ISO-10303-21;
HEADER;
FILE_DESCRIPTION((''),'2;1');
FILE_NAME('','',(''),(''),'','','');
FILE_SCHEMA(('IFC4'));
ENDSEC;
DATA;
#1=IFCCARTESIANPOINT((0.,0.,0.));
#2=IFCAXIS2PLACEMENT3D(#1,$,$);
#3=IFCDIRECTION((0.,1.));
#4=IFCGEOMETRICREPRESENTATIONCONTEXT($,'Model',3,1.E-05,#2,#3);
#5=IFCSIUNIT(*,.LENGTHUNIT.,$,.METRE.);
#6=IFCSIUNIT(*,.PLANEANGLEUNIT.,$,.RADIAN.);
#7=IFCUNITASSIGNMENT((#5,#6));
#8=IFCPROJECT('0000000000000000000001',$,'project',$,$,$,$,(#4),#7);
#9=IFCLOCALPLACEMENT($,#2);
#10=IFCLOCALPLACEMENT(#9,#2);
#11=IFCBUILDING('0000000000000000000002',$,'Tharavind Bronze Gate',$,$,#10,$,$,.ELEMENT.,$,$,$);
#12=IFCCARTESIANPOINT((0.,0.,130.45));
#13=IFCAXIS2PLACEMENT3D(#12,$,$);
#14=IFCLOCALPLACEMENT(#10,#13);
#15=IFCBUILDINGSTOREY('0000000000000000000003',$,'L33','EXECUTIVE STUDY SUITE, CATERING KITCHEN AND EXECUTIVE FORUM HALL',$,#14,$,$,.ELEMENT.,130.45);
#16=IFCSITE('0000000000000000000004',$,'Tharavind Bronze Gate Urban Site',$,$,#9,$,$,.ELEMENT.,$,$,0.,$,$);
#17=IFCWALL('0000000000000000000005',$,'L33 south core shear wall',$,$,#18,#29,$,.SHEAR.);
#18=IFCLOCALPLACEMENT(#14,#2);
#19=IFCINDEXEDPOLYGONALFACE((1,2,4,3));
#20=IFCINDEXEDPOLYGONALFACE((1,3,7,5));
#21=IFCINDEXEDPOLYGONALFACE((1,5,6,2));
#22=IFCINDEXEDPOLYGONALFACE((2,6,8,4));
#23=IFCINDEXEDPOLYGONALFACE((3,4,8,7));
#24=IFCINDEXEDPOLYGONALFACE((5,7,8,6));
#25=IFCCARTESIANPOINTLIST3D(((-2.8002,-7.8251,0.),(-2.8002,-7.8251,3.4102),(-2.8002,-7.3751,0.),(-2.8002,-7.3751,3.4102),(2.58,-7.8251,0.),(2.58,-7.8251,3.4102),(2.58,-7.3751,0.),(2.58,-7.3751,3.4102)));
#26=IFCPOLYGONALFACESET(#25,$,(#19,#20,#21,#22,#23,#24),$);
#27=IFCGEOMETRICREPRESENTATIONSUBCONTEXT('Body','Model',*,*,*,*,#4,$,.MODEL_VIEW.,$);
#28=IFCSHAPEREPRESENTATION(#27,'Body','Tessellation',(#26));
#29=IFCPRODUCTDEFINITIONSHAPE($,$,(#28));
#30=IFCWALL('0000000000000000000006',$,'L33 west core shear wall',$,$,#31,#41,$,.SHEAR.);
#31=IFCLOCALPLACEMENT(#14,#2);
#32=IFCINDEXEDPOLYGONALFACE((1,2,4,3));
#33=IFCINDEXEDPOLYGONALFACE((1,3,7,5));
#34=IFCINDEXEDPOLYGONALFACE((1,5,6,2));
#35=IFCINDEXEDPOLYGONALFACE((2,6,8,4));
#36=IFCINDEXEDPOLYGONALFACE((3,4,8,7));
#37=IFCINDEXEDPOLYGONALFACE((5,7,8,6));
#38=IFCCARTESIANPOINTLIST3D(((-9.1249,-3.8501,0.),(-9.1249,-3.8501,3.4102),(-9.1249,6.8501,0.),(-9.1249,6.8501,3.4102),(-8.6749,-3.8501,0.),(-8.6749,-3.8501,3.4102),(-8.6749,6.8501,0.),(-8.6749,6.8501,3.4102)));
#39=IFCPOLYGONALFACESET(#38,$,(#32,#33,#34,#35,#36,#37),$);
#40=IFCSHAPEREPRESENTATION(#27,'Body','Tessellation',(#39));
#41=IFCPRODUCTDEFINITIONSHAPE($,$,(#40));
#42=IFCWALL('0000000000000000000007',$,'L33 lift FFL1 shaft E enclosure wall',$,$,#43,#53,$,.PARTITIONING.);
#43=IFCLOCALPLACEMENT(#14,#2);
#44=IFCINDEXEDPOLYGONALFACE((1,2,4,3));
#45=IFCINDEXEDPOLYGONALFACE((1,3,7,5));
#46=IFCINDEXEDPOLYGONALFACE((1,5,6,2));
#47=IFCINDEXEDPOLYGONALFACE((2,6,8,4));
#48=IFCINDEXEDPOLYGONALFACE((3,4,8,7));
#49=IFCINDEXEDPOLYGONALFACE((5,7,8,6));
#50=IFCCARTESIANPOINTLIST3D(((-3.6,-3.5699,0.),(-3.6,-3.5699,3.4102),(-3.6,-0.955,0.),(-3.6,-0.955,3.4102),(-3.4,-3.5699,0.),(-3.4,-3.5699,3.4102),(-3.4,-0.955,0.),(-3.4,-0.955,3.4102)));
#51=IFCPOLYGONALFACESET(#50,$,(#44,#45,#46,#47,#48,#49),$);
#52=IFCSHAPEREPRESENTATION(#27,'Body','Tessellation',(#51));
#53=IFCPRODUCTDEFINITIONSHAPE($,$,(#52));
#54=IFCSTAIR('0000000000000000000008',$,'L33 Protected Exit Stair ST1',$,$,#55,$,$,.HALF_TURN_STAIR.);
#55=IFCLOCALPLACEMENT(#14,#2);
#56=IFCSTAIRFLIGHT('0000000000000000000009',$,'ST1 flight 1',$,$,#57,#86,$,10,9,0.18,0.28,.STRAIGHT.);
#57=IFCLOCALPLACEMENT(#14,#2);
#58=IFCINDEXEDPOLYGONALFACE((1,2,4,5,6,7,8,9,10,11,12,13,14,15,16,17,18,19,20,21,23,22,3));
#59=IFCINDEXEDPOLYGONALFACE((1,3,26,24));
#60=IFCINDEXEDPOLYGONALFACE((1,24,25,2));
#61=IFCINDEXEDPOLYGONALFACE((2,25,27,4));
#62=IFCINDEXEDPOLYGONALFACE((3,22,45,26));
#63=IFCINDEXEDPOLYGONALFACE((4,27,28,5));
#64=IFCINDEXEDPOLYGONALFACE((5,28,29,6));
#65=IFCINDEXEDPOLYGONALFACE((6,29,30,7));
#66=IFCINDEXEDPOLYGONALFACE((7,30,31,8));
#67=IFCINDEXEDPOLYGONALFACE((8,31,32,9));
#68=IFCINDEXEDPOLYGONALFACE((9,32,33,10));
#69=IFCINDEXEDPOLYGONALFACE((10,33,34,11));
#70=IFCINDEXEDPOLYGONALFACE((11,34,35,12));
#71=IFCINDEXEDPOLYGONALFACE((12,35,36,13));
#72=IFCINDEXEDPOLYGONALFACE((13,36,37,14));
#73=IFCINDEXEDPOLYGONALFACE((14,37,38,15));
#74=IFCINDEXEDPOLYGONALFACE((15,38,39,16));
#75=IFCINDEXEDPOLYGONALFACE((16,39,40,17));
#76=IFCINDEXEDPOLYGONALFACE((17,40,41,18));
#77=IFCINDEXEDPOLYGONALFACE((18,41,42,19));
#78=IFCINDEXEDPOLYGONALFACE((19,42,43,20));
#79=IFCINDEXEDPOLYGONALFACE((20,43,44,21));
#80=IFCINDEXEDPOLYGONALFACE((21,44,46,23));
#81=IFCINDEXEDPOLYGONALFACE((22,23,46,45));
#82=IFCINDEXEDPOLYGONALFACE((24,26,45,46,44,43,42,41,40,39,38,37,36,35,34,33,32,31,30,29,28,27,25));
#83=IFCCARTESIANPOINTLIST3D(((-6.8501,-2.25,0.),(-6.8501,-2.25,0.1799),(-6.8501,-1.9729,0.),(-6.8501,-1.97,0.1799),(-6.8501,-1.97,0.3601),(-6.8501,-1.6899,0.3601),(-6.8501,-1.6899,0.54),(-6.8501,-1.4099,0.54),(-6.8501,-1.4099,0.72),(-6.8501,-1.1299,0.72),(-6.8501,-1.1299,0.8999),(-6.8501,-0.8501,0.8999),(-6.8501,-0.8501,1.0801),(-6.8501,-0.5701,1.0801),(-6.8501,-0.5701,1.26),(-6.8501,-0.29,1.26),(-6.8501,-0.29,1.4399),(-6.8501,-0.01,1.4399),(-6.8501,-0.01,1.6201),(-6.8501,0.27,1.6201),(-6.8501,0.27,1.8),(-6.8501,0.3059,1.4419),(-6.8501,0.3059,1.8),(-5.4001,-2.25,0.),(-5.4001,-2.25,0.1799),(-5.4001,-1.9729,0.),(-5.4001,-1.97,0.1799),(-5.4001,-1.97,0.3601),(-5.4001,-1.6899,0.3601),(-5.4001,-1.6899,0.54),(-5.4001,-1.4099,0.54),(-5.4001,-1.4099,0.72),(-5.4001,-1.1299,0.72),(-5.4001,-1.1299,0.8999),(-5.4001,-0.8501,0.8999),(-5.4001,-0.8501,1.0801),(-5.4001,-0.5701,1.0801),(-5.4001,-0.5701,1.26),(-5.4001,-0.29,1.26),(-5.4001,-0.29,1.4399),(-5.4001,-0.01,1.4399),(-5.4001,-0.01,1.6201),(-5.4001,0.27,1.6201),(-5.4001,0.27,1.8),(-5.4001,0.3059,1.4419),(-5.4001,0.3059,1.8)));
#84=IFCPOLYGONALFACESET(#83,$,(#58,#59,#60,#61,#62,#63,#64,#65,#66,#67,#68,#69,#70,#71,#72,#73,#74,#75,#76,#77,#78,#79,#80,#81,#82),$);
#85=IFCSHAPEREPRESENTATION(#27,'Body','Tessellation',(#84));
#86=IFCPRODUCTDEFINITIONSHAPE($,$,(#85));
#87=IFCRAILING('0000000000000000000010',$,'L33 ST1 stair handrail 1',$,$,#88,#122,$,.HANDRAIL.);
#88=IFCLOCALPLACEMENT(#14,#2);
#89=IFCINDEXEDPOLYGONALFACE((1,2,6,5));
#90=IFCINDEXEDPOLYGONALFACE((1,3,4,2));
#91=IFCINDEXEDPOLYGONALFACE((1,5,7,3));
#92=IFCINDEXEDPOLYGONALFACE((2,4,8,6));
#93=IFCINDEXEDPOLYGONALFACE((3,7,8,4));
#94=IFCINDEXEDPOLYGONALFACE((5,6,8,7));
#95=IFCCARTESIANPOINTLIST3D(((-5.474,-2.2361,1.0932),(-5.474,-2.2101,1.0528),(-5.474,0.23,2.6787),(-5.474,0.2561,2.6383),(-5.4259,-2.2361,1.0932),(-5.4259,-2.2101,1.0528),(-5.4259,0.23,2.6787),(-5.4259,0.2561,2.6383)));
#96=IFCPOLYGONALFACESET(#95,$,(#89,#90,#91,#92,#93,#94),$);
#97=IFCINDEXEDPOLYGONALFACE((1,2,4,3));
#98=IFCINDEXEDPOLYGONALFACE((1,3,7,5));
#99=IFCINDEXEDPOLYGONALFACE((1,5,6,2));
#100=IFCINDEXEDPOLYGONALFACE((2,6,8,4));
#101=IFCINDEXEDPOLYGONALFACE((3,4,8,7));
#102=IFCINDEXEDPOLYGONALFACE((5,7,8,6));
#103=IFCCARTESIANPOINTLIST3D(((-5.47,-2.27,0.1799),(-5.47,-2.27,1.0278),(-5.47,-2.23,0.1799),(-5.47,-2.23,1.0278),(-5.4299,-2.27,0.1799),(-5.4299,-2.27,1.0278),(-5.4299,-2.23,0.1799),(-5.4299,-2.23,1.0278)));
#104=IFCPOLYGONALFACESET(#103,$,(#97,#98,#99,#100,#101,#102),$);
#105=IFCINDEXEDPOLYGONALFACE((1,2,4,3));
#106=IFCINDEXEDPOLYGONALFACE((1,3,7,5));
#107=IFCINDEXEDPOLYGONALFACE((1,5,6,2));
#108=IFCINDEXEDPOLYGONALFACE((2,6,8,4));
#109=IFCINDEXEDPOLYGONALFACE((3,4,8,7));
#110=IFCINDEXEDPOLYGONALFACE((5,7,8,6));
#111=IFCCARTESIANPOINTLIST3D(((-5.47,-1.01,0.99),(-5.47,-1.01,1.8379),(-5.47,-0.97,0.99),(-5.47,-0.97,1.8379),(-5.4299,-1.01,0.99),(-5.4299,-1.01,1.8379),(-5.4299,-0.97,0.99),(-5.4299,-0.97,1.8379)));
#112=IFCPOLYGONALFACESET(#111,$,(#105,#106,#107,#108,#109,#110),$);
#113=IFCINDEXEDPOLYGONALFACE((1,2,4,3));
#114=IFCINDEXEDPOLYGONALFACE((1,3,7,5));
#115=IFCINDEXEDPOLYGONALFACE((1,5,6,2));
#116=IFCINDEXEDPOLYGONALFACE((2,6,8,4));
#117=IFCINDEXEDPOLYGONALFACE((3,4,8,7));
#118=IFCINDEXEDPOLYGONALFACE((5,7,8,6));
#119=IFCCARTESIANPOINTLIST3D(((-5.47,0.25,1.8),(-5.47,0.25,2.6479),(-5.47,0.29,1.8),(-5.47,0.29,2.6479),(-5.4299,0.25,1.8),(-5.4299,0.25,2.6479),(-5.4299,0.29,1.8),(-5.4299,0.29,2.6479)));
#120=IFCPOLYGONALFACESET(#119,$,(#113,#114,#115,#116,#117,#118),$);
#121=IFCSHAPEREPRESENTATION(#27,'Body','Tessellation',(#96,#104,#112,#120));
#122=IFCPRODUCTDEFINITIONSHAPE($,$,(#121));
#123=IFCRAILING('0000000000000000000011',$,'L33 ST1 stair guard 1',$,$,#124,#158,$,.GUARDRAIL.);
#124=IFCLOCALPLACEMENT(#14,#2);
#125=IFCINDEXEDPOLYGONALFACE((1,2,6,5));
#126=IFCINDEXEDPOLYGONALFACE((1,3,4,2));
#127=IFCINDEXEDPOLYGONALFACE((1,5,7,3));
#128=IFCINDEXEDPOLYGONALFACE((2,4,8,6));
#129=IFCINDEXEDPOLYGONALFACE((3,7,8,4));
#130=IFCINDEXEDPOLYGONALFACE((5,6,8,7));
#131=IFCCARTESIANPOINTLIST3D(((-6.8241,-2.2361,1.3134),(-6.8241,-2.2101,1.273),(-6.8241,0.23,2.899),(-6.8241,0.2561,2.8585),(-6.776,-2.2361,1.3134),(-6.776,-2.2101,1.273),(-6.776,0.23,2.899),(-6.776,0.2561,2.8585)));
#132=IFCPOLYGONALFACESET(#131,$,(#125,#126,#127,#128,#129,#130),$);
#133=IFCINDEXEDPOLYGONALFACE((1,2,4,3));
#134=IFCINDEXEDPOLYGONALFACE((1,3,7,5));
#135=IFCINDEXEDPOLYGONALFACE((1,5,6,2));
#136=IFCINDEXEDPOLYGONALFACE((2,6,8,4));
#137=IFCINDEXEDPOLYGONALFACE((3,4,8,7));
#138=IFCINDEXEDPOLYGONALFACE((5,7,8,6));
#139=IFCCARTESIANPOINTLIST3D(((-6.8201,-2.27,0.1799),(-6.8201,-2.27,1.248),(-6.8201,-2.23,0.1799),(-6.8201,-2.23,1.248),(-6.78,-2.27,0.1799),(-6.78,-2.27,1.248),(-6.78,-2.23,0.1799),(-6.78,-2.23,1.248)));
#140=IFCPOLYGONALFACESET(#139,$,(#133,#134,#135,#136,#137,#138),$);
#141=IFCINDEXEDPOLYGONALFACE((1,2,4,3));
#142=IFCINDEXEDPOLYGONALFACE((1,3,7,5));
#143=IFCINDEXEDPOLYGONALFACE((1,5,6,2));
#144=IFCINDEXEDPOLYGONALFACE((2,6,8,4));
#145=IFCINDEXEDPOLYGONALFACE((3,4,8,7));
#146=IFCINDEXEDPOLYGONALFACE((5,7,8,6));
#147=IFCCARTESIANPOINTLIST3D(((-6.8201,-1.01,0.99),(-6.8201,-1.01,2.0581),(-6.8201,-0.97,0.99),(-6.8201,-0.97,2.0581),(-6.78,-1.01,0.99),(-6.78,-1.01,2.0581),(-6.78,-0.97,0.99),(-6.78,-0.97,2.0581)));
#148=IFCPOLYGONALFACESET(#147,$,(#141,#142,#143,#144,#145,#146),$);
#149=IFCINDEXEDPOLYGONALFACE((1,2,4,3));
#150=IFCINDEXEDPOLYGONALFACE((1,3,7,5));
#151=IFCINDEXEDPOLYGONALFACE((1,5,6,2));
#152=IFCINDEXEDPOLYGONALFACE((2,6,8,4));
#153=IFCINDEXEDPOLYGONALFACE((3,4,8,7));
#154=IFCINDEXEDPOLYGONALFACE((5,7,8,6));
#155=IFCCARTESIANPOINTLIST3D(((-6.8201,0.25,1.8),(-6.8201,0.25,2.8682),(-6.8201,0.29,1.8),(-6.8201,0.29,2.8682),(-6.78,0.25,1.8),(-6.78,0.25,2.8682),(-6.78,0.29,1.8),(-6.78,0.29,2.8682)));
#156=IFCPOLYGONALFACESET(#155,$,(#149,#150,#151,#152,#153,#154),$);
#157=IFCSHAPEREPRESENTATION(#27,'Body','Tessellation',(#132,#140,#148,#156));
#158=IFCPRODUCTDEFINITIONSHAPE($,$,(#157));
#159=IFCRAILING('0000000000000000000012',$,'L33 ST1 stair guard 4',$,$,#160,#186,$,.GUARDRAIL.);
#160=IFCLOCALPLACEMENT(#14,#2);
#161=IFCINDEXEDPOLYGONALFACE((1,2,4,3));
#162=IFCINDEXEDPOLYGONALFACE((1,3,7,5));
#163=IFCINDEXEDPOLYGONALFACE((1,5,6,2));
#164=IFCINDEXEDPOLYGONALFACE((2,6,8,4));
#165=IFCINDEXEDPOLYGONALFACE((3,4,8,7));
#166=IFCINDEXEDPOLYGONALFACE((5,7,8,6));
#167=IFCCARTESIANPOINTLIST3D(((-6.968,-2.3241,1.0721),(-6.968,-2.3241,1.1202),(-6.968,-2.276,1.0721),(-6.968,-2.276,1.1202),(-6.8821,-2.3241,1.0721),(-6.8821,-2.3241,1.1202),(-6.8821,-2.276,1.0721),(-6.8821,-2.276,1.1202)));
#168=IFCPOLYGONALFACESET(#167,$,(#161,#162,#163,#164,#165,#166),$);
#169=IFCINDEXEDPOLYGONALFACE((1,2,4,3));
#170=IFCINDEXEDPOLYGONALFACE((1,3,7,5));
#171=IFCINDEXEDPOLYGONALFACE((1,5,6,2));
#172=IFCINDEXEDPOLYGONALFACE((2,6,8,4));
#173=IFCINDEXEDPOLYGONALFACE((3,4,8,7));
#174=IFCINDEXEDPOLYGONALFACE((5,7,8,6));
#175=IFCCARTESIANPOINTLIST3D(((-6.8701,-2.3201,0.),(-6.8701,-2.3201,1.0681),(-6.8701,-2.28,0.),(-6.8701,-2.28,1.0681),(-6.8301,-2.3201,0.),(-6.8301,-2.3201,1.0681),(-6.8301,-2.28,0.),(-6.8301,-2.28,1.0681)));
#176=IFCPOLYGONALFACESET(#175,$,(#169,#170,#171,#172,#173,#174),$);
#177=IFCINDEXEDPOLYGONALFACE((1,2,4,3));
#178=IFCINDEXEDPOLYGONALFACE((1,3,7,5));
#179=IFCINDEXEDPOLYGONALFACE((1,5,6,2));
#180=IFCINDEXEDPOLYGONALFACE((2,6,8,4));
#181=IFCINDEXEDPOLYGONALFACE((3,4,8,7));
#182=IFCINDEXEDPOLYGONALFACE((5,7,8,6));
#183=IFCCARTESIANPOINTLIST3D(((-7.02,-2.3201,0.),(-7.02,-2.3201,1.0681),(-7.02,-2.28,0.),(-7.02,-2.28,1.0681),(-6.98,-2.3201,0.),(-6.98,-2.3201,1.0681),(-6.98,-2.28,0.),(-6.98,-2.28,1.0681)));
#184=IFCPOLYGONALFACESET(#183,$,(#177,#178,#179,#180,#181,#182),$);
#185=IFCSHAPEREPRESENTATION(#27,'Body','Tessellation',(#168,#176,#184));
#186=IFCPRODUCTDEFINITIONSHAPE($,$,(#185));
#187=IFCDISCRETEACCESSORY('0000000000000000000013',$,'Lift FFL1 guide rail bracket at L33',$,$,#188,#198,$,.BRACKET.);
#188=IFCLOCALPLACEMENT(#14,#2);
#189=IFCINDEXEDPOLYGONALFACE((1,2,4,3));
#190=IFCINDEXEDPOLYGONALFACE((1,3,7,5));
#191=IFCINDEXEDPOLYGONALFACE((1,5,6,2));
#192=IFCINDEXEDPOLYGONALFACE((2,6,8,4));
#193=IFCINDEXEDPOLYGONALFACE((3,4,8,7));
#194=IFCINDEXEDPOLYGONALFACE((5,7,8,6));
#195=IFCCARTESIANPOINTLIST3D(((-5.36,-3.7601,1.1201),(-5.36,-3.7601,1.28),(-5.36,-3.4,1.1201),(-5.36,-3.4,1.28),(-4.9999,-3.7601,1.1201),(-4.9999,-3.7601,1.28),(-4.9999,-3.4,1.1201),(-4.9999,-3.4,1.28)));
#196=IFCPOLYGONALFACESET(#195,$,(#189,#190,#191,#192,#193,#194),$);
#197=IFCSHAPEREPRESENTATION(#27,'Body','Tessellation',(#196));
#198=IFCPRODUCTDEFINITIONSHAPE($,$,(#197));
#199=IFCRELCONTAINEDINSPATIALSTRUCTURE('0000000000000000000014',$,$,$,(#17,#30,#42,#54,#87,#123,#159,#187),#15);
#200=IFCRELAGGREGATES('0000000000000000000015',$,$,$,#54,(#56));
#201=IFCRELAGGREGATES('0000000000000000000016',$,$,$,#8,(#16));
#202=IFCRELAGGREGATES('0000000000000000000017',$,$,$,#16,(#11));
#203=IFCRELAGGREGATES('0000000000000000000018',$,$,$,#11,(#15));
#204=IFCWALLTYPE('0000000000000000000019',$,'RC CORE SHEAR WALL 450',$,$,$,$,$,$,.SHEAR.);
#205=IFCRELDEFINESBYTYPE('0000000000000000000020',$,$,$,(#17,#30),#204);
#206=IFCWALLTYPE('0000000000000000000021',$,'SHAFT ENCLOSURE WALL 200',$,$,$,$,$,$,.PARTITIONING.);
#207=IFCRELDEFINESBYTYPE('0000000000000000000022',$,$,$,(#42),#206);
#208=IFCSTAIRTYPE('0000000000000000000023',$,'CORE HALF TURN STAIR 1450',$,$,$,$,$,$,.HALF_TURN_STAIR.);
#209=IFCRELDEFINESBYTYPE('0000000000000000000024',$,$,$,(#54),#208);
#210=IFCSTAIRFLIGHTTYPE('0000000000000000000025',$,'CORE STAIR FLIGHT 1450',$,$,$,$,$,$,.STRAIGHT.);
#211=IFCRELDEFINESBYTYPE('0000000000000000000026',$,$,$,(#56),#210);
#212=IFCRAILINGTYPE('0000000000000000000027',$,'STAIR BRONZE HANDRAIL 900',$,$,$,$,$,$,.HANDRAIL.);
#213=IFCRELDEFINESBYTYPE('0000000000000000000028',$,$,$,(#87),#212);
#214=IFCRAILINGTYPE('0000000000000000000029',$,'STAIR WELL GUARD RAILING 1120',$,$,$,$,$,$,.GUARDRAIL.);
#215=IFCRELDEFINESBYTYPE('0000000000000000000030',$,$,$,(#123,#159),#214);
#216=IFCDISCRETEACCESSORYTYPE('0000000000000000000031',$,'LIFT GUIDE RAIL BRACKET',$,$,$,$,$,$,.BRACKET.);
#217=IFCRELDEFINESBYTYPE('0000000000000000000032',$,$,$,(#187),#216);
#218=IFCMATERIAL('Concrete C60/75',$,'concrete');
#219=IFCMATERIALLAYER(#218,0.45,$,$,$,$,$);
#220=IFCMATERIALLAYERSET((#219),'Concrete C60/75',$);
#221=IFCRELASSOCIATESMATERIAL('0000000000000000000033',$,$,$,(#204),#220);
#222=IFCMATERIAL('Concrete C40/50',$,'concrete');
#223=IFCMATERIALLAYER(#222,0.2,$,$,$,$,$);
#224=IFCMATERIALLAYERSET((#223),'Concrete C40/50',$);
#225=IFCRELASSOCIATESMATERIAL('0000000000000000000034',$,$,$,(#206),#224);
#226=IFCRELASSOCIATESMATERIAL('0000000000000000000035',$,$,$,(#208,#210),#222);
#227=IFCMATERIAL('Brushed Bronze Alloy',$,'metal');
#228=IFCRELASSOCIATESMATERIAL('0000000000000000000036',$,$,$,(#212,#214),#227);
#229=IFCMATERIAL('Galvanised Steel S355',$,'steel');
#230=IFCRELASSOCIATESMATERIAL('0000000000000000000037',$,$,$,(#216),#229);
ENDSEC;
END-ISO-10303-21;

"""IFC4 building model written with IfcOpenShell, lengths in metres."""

from ifc_helpers import new_model, si_unit, direction, frame, frame_2d, origin, origin_2d, place, context, subcontext, project, spatial, polyline, rectangle, outline, extrude, material, layer, layer_set, type_object, element, aggregate, save


model = new_model("IFC4")

# Units and contexts
model_context = context("Model", 3, precision=1e-05, world=origin(), true_north=direction((0.0, 1.0)))
body_context = subcontext(model_context, "Body", "Model", "MODEL_VIEW")
ifc_project = project(units=[si_unit("LENGTHUNIT", "METRE"), si_unit("PLANEANGLEUNIT", "RADIAN")], contexts=[model_context])

# Site, building, storey
site_placement = place(None, origin())
site = spatial("IfcSite", under=ifc_project, at=site_placement, Name="Tharavind Bronze Gate Urban Site", CompositionType="ELEMENT", RefElevation=0.0)
building_placement = place(site_placement, origin())
building = spatial("IfcBuilding", under=site, at=building_placement, Name="Tharavind Bronze Gate", CompositionType="ELEMENT")
storey_placement = place(building_placement, frame((0.0, 0.0, 130.45)))
storey = spatial("IfcBuildingStorey", under=building, at=storey_placement, Name="L33", Description="EXECUTIVE STUDY SUITE, CATERING KITCHEN AND EXECUTIVE FORUM HALL", CompositionType="ELEMENT", Elevation=130.45)

# Shared definitions
ifc_material_1 = material(Name="Concrete C60/75", Category="concrete")

# Walls
ifc_layer_1 = layer(ifc_material_1, 0.45)
ifc_layer_set_1 = layer_set([ifc_layer_1], Name="Concrete C60/75")
wall_type_1 = type_object("IfcWallType", Name="RC CORE SHEAR WALL 450", PredefinedType="SHEAR", material=ifc_layer_set_1)
wall_1_placement = place(storey_placement, frame((-2.8, -7.6001, 0.0), z_axis=(0.0, 0.0, 1.0), x_axis=(1.0, 0.0, 0.0)))
element("IfcWall", 1, at=wall_1_placement, inside=storey, type_object=wall_type_1, Name="L33 south core shear wall", PredefinedType="SHEAR", context=body_context, shape_type="SweptSolid", body=[
    extrude(rectangle(XDim=5.3801, YDim=0.45, at=frame_2d((2.6899, 0.0))), origin(), (0.0, 0.0, 1.0), 3.4102),
])
wall_2_placement = place(storey_placement, frame((-8.8999, -3.8501, 0.0), z_axis=(0.0, 0.0, 1.0), x_axis=(0.0, 1.0, 0.0)))
element("IfcWall", 2, at=wall_2_placement, inside=storey, type_object=wall_type_1, Name="L33 west core shear wall", PredefinedType="SHEAR", context=body_context, shape_type="SweptSolid", body=[
    extrude(rectangle(XDim=10.7002, YDim=0.45, at=frame_2d((5.3501, 0.0))), origin(), (0.0, 0.0, 1.0), 3.4102),
])
ifc_material_2 = material(Name="Concrete C40/50", Category="concrete")
ifc_layer_2 = layer(ifc_material_2, 0.2)
ifc_layer_set_2 = layer_set([ifc_layer_2], Name="Concrete C40/50")
wall_type_2 = type_object("IfcWallType", Name="SHAFT ENCLOSURE WALL 200", PredefinedType="PARTITIONING", material=ifc_layer_set_2)
wall_3_placement = place(storey_placement, frame((-3.5, -3.5701, 0.0), z_axis=(0.0, 0.0, 1.0), x_axis=(0.0, 1.0, 0.0)))
element("IfcWall", 3, at=wall_3_placement, inside=storey, type_object=wall_type_2, Name="L33 lift FFL1 shaft E enclosure wall", PredefinedType="PARTITIONING", context=body_context, shape_type="SweptSolid", body=[
    extrude(rectangle(XDim=2.615, YDim=0.2, at=frame_2d((1.3076, 0.0))), origin(), (0.0, 0.0, 1.0), 3.4102),
])

# Stair, stair flight
stair_type = type_object("IfcStairType", Name="CORE HALF TURN STAIR 1450", PredefinedType="HALF_TURN_STAIR", material=ifc_material_2)
stair_placement = place(storey_placement, origin())
stair = element("IfcStair", 4, at=stair_placement, inside=storey, type_object=stair_type, Name="L33 Protected Exit Stair ST1", PredefinedType="HALF_TURN_STAIR")
stair_flight_type = type_object("IfcStairFlightType", Name="CORE STAIR FLIGHT 1450", PredefinedType="STRAIGHT", material=ifc_material_2)
stair_flight_placement = place(storey_placement, frame((-6.125, -2.25, 0.0), z_axis=(0.0, 0.0, 1.0), x_axis=(0.0, 1.0, 0.0)))
stair_flight = element("IfcStairFlight", 5, at=stair_flight_placement, type_object=stair_flight_type, Name="ST1 flight 1", NumberOfRisers=10, NumberOfTreads=9, PredefinedType="STRAIGHT", RiserHeight=0.18, TreadLength=0.28, context=body_context, shape_type="SweptSolid", body=[
    extrude(outline(polyline([(0.0, 0.0), (0.0, 0.1799), (0.28, 0.1799), (0.28, 0.3601), (0.5601, 0.3601), (0.5601, 0.54), (0.8401, 0.54), (0.8401, 0.72), (1.1201, 0.72), (1.1201, 0.8999), (1.3999, 0.8999), (1.3999, 1.0801), (1.6799, 1.0801), (1.6799, 1.26), (1.96, 1.26), (1.96, 1.4399), (2.24, 1.4399), (2.24, 1.6201), (2.52, 1.6201), (2.52, 1.8), (2.5559, 1.8), (2.5559, 1.4419), (0.2771, 0.0), (0.0, 0.0)])), frame((0.0, 0.7251, 0.0), z_axis=(0.0, -1.0, 0.0), x_axis=(1.0, 0.0, 0.0)), (0.0, 0.0, 1.0), 1.45),
])
aggregate(stair, [stair_flight])

# Railings
ifc_material_3 = material(Name="Brushed Bronze Alloy", Category="metal")
railing_type_1 = type_object("IfcRailingType", Name="STAIR BRONZE HANDRAIL 900", PredefinedType="HANDRAIL", material=ifc_material_3)
railing_1_placement = place(storey_placement, frame((-5.45, -2.25, 0.1799)))
element("IfcRailing", 6, at=railing_1_placement, inside=storey, type_object=railing_type_1, Name="L33 ST1 stair handrail 1", PredefinedType="HANDRAIL", context=body_context, shape_type="SweptSolid", body=[
    extrude(rectangle(XDim=0.0481, YDim=0.0481, at=origin_2d()), frame((0.0, 0.0269, 0.8931), z_axis=(0.0, 0.841163, 0.540782), x_axis=(-1.0, 0.0, 0.0)), (0.0, 0.0, 1.0), 2.9319),
    extrude(rectangle(XDim=0.04, YDim=0.04, at=origin_2d()), origin(), (0.0, 0.0, 1.0), 0.8479),
    extrude(rectangle(XDim=0.04, YDim=0.04, at=origin_2d()), frame((0.0, 1.26, 0.8101)), (0.0, 0.0, 1.0), 0.8479),
    extrude(rectangle(XDim=0.04, YDim=0.04, at=origin_2d()), frame((0.0, 2.52, 1.6201)), (0.0, 0.0, 1.0), 0.8479),
])
railing_type_2 = type_object("IfcRailingType", Name="STAIR WELL GUARD RAILING 1120", PredefinedType="GUARDRAIL", material=ifc_material_3)
railing_2_placement = place(storey_placement, frame((-6.8, -2.25, 0.1799)))
element("IfcRailing", 7, at=railing_2_placement, inside=storey, type_object=railing_type_2, Name="L33 ST1 stair guard 1", PredefinedType="GUARDRAIL", context=body_context, shape_type="SweptSolid", body=[
    extrude(rectangle(XDim=0.0481, YDim=0.0481, at=origin_2d()), frame((0.0, 0.0269, 1.1133), z_axis=(0.0, 0.841163, 0.540782), x_axis=(-1.0, 0.0, 0.0)), (0.0, 0.0, 1.0), 2.9319),
    extrude(rectangle(XDim=0.04, YDim=0.04, at=origin_2d()), origin(), (0.0, 0.0, 1.0), 1.0681),
    extrude(rectangle(XDim=0.04, YDim=0.04, at=origin_2d()), frame((0.0, 1.26, 0.8101)), (0.0, 0.0, 1.0), 1.0681),
    extrude(rectangle(XDim=0.04, YDim=0.04, at=origin_2d()), frame((0.0, 2.52, 1.6201)), (0.0, 0.0, 1.0), 1.0681),
])
railing_3_placement = place(storey_placement, frame((-6.8501, -2.3, 0.0)))
element("IfcRailing", 8, at=railing_3_placement, inside=storey, type_object=railing_type_2, Name="L33 ST1 stair guard 4", PredefinedType="GUARDRAIL", context=body_context, shape_type="SweptSolid", body=[
    extrude(rectangle(XDim=0.0481, YDim=0.0481, at=origin_2d()), frame((-0.032, 0.0, 1.0962), z_axis=(-1.0, 0.0, 0.0), x_axis=(0.0, -1.0, 0.0)), (0.0, 0.0, 1.0), 0.0859),
    extrude(rectangle(XDim=0.04, YDim=0.04, at=origin_2d()), origin(), (0.0, 0.0, 1.0), 1.0681),
    extrude(rectangle(XDim=0.04, YDim=0.04, at=origin_2d()), frame((-0.1499, 0.0, 0.0)), (0.0, 0.0, 1.0), 1.0681),
])

# Discrete accessory
ifc_material_4 = material(Name="Galvanised Steel S355", Category="steel")
discrete_accessory_type = type_object("IfcDiscreteAccessoryType", Name="LIFT GUIDE RAIL BRACKET", PredefinedType="BRACKET", material=ifc_material_4)
discrete_accessory_placement = place(storey_placement, frame((-5.1799, -3.5801, 1.1201), z_axis=(0.0, 0.0, 1.0), x_axis=(1.0, 0.0, 0.0)))
element("IfcDiscreteAccessory", 9, at=discrete_accessory_placement, inside=storey, type_object=discrete_accessory_type, Name="Lift FFL1 guide rail bracket at L33", PredefinedType="BRACKET", context=body_context, shape_type="SweptSolid", body=[
    extrude(rectangle(XDim=0.3601, YDim=0.3601, at=origin_2d()), origin(), (0.0, 0.0, 1.0), 0.1599),
])

save(model, "model.ifc")
